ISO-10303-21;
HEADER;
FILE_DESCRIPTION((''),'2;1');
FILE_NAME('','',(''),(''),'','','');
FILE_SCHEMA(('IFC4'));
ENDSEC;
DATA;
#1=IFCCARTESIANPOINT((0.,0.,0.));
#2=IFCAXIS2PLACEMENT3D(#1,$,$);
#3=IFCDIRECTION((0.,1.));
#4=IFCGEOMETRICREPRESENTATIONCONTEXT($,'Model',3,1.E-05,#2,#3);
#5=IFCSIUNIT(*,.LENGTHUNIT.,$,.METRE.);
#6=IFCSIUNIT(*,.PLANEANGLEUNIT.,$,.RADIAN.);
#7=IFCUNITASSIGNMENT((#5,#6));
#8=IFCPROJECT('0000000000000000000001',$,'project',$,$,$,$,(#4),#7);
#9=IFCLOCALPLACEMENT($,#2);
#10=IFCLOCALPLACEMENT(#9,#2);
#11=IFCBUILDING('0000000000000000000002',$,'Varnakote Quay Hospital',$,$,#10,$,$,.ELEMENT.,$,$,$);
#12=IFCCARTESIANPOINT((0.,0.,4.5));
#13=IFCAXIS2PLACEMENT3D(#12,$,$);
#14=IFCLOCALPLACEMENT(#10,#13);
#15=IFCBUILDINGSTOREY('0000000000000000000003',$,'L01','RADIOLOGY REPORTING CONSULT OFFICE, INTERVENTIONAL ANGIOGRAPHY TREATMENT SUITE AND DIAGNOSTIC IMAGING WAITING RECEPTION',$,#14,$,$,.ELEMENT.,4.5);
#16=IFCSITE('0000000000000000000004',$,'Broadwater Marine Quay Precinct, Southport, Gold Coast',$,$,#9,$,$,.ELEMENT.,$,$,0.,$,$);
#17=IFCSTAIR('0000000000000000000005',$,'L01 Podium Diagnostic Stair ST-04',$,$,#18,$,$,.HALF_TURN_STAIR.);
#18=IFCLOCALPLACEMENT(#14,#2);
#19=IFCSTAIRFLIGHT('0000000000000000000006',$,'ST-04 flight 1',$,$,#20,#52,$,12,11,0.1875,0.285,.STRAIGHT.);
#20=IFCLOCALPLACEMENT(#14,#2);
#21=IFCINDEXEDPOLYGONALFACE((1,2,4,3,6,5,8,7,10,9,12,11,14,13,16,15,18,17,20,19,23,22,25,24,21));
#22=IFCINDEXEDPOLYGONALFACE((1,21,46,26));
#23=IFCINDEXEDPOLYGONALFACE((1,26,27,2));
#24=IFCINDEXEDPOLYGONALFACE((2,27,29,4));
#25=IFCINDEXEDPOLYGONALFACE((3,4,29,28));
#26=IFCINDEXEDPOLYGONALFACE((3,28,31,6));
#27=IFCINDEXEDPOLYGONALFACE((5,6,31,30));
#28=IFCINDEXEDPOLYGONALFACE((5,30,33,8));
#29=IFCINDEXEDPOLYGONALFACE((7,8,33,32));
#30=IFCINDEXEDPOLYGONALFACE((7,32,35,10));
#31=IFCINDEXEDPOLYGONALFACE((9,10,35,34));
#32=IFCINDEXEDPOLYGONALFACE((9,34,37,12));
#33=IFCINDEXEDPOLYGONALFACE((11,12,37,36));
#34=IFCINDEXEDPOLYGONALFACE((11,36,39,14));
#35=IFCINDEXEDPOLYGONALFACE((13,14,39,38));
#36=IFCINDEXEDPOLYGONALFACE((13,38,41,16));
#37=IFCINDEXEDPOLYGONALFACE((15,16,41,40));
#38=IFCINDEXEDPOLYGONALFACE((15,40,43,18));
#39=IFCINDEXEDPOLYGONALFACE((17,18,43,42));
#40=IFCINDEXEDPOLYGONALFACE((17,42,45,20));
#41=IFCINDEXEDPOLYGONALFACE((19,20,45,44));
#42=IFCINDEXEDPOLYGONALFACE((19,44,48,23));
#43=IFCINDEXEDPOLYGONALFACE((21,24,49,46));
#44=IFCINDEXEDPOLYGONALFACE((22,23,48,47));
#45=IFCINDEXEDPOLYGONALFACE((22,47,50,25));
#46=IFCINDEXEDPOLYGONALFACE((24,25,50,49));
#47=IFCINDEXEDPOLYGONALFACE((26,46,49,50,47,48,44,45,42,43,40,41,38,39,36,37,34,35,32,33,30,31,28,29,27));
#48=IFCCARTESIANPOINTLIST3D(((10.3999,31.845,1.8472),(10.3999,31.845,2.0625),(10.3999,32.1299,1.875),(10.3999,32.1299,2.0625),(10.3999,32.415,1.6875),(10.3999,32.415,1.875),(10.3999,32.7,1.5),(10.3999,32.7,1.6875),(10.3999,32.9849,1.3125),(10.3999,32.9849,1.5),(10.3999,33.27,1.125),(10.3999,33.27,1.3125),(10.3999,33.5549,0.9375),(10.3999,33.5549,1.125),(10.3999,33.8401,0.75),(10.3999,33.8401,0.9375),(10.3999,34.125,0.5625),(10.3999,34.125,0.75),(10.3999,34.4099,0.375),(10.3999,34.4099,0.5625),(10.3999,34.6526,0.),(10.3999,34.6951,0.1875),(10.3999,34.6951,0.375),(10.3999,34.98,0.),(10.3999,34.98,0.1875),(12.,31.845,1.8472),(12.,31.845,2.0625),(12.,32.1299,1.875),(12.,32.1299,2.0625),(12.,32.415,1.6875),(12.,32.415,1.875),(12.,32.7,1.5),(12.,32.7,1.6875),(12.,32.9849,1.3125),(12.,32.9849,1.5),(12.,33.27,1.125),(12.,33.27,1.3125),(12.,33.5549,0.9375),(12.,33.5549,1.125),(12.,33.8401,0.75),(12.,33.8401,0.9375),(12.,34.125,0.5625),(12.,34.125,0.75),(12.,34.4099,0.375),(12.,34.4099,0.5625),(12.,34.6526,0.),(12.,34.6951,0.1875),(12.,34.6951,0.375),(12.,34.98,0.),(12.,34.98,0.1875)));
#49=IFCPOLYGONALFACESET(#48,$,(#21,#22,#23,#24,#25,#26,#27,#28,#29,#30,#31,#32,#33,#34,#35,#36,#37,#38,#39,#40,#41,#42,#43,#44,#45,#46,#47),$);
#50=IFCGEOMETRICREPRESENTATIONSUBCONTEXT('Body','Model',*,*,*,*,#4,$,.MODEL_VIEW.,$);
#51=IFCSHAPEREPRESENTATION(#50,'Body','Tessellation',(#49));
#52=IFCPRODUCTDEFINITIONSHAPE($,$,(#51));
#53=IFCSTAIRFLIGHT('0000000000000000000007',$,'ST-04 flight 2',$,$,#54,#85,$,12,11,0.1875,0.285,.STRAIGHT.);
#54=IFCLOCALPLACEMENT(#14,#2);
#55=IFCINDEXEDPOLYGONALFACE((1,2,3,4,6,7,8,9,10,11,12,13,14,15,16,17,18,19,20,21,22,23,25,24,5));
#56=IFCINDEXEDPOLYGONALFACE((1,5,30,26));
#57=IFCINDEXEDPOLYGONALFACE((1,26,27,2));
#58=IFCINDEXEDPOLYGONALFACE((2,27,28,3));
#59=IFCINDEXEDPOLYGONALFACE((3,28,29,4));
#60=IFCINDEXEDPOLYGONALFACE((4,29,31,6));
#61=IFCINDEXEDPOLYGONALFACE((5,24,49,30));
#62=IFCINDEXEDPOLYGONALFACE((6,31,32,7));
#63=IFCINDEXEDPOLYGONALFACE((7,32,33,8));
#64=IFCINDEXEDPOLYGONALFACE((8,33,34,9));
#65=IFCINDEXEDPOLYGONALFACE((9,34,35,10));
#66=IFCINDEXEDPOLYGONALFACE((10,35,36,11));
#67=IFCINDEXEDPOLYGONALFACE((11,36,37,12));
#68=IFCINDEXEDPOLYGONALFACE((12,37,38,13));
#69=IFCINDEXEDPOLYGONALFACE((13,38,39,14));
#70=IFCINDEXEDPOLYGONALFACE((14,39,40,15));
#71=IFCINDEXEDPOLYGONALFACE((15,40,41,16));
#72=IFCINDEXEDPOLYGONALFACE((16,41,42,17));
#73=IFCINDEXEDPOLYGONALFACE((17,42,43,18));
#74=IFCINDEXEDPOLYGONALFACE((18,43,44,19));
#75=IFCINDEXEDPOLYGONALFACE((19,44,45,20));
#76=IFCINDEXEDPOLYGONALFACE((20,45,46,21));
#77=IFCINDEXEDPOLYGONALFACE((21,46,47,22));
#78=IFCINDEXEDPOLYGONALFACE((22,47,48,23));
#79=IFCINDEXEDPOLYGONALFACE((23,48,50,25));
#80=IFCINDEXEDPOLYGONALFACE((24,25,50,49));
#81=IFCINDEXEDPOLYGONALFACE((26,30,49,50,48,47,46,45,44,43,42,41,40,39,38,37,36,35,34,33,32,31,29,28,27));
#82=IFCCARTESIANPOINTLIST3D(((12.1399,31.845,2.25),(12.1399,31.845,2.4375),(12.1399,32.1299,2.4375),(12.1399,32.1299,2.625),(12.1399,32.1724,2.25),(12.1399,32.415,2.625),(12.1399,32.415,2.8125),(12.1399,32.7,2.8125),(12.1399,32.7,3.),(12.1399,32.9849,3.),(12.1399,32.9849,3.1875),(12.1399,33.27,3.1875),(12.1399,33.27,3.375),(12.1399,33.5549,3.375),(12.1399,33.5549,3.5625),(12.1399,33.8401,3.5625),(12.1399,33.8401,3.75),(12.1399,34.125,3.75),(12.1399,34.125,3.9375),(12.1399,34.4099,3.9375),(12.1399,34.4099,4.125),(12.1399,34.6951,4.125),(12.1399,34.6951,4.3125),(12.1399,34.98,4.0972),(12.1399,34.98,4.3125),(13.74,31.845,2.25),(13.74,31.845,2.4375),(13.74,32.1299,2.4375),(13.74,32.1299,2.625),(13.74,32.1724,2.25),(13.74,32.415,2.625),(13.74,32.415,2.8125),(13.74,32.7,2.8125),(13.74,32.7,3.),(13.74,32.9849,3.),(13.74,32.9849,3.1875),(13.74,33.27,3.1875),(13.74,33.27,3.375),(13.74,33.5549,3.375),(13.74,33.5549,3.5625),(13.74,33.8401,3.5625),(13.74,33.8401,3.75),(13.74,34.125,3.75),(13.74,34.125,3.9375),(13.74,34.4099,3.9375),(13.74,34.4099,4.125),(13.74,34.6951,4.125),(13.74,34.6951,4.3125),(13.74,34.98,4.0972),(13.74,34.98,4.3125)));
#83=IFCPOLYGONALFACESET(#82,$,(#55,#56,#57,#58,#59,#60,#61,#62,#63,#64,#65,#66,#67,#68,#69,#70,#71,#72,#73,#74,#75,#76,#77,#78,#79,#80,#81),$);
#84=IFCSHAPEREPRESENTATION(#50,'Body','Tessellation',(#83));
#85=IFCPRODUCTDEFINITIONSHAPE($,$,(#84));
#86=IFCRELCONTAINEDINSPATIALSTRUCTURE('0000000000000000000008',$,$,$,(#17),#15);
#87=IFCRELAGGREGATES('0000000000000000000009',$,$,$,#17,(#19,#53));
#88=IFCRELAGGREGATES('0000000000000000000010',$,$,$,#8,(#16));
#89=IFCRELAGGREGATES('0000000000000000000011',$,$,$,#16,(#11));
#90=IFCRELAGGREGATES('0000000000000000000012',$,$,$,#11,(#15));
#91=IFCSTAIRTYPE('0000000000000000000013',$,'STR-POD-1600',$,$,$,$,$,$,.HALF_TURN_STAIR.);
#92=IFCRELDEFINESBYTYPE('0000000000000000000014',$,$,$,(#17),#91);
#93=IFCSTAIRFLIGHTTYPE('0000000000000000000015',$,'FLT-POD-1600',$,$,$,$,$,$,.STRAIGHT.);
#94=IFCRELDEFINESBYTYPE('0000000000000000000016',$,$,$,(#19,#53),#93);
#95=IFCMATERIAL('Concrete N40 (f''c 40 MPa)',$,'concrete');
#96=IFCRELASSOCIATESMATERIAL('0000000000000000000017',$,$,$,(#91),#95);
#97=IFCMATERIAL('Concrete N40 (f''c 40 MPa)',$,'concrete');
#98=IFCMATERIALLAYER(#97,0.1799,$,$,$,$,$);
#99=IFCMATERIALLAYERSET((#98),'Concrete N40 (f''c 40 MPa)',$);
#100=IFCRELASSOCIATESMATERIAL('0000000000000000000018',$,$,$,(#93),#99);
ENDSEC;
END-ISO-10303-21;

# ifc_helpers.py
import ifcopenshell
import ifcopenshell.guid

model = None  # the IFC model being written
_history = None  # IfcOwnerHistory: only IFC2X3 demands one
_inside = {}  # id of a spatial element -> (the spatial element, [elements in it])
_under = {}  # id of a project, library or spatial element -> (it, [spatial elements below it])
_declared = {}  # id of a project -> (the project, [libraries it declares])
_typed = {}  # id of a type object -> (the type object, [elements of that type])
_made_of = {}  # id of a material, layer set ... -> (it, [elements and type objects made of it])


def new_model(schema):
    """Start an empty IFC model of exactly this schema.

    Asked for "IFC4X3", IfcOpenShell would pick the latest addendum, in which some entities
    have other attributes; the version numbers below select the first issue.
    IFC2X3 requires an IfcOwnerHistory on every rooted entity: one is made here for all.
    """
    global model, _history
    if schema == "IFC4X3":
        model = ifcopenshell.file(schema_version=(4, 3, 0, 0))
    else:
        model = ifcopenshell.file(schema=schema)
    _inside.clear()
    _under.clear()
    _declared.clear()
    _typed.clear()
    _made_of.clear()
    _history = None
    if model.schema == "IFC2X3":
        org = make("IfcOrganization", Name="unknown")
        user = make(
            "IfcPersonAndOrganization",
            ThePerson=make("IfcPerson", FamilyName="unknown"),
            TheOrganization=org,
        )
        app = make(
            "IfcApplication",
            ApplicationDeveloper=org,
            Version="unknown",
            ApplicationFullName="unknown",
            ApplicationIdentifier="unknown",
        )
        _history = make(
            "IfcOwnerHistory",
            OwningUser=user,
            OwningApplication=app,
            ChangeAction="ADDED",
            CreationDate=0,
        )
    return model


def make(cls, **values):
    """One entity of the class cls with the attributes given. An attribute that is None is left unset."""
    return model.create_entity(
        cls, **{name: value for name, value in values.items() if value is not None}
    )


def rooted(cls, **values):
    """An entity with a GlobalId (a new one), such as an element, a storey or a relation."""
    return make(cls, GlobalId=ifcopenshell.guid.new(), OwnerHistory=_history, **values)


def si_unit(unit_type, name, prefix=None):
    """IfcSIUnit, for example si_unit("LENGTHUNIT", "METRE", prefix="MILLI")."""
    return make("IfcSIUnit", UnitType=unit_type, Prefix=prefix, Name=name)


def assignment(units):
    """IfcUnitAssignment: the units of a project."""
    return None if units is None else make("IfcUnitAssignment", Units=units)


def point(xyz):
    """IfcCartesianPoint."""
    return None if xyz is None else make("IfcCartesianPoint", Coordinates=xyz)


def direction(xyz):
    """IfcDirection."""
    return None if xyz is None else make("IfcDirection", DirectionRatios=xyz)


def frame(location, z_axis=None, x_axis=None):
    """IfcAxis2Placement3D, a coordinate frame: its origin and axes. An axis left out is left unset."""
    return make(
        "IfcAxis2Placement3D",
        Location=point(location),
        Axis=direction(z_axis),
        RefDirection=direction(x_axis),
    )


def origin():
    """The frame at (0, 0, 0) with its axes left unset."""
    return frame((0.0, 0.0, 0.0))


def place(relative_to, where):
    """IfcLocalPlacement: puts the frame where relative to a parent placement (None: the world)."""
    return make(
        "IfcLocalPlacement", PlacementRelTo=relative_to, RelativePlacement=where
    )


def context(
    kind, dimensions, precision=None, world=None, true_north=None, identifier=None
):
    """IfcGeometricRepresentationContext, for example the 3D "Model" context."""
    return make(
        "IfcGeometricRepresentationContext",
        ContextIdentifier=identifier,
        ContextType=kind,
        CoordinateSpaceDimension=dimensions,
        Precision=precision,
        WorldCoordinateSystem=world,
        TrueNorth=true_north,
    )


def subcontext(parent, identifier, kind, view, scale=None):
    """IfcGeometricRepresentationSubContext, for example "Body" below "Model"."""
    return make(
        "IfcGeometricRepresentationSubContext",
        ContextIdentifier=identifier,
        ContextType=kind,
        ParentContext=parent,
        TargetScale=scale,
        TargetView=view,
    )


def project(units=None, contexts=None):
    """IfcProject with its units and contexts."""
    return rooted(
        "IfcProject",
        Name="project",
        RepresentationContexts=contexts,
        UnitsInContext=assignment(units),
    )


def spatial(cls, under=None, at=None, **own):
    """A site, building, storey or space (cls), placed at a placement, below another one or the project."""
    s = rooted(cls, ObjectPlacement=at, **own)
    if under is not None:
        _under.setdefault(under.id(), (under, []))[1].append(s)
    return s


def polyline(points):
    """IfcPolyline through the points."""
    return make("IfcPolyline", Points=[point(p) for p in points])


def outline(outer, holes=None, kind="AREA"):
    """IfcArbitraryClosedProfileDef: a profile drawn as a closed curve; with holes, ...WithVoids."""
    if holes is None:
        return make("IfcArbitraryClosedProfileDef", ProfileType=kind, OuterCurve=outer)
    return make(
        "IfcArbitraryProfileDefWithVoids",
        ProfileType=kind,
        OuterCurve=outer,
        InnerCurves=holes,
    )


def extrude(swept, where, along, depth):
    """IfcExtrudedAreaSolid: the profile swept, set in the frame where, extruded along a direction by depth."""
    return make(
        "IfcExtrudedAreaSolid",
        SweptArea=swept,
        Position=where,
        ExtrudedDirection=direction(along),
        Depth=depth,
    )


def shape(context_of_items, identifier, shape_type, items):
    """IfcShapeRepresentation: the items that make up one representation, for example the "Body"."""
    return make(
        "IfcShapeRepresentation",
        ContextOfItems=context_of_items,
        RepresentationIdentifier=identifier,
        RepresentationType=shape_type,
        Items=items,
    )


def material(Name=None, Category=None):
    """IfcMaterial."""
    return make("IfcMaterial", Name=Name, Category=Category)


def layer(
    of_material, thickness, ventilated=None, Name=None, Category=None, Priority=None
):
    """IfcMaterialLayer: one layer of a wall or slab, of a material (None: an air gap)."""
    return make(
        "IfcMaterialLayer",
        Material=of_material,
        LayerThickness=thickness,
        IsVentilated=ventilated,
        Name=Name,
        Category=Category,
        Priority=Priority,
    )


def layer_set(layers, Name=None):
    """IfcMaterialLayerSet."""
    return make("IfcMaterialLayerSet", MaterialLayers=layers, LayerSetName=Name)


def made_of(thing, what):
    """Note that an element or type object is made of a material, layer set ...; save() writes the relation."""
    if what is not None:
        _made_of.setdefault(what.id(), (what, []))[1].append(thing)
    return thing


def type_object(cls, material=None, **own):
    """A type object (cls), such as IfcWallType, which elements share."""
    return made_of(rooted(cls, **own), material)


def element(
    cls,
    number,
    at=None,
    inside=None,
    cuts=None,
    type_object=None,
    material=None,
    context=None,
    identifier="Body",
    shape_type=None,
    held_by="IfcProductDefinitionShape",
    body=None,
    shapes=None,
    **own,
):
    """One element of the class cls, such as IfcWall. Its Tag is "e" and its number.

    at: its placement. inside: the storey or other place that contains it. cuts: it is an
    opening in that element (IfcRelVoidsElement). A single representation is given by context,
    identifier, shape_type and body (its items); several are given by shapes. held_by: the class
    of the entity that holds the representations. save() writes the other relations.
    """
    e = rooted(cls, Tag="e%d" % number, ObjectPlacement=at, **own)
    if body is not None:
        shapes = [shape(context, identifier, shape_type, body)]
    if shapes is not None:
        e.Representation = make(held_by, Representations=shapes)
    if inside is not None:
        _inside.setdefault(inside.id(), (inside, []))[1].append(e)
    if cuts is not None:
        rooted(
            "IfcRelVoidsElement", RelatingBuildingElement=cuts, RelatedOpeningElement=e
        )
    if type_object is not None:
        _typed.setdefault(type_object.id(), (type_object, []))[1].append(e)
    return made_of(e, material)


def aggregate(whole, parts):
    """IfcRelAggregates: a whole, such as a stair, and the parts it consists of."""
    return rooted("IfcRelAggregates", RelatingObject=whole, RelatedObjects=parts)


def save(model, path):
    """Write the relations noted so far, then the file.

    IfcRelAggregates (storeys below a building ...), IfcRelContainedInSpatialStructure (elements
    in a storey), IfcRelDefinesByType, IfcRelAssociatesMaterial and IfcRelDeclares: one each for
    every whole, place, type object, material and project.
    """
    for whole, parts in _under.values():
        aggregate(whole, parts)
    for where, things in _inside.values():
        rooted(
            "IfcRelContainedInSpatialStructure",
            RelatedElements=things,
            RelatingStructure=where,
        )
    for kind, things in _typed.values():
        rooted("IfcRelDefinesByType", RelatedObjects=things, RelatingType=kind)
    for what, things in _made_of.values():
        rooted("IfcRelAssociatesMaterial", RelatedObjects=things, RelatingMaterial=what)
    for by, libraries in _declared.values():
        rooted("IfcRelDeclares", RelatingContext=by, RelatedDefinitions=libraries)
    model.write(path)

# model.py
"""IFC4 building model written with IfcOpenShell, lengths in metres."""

from ifc_helpers import new_model, si_unit, direction, frame, origin, place, context, subcontext, project, spatial, polyline, outline, extrude, material, layer, layer_set, type_object, element, aggregate, save


model = new_model("IFC4")

# Units and contexts
model_context = context("Model", 3, precision=1e-05, world=origin(), true_north=direction((0.0, 1.0)))
body_context = subcontext(model_context, "Body", "Model", "MODEL_VIEW")
ifc_project = project(units=[si_unit("LENGTHUNIT", "METRE"), si_unit("PLANEANGLEUNIT", "RADIAN")], contexts=[model_context])

# Site, building, storey
site_placement = place(None, origin())
site = spatial("IfcSite", under=ifc_project, at=site_placement, Name="Broadwater Marine Quay Precinct, Southport, Gold Coast", CompositionType="ELEMENT", RefElevation=0.0)
building_placement = place(site_placement, origin())
building = spatial("IfcBuilding", under=site, at=building_placement, Name="Varnakote Quay Hospital", CompositionType="ELEMENT")
storey_placement = place(building_placement, frame((0.0, 0.0, 4.5)))
storey = spatial("IfcBuildingStorey", under=building, at=storey_placement, Name="L01", Description="RADIOLOGY REPORTING CONSULT OFFICE, INTERVENTIONAL ANGIOGRAPHY TREATMENT SUITE AND DIAGNOSTIC IMAGING WAITING RECEPTION", CompositionType="ELEMENT", Elevation=4.5)

# Stair, stair flights
ifc_material_1 = material(Name="Concrete N40 (f'c 40 MPa)", Category="concrete")
stair_type = type_object("IfcStairType", Name="STR-POD-1600", PredefinedType="HALF_TURN_STAIR", material=ifc_material_1)
stair_placement = place(storey_placement, origin())
stair = element("IfcStair", 1, at=stair_placement, inside=storey, type_object=stair_type, Name="L01 Podium Diagnostic Stair ST-04", PredefinedType="HALF_TURN_STAIR")
ifc_material_2 = material(Name="Concrete N40 (f'c 40 MPa)", Category="concrete")
ifc_layer_1 = layer(ifc_material_2, 0.1799)
ifc_layer_set_1 = layer_set([ifc_layer_1], Name="Concrete N40 (f'c 40 MPa)")
stair_flight_type = type_object("IfcStairFlightType", Name="FLT-POD-1600", PredefinedType="STRAIGHT", material=ifc_layer_set_1)
stair_flight_1_placement = place(storey_placement, frame((11.2, 34.98, 0.0), z_axis=(0.0, 0.0, 1.0), x_axis=(0.0, -1.0, 0.0)))
stair_flight_1 = element("IfcStairFlight", 2, at=stair_flight_1_placement, type_object=stair_flight_type, Name="ST-04 flight 1", NumberOfRisers=12, NumberOfTreads=11, PredefinedType="STRAIGHT", RiserHeight=0.1875, TreadLength=0.285, context=body_context, shape_type="SweptSolid", body=[
    extrude(outline(polyline([(0.0, 0.0), (0.0, 0.1875), (0.2849, 0.1875), (0.2849, 0.375), (0.5701, 0.375), (0.5701, 0.5625), (0.855, 0.5625), (0.855, 0.75), (1.1399, 0.75), (1.1399, 0.9375), (1.425, 0.9375), (1.425, 1.125), (1.71, 1.125), (1.71, 1.3125), (1.9951, 1.3125), (1.9951, 1.5), (2.28, 1.5), (2.28, 1.6875), (2.5649, 1.6875), (2.5649, 1.875), (2.8501, 1.875), (2.8501, 2.0625), (3.135, 2.0625), (3.135, 2.25), (3.135, 1.8472), (0.3274, 0.0), (0.0, 0.0)])), frame((0.0, 0.8, 0.0), z_axis=(0.0, -1.0, 0.0), x_axis=(1.0, 0.0, 0.0)), (0.0, 0.0, 1.0), 1.6001),
])
stair_flight_2_placement = place(storey_placement, frame((12.9399, 31.845, 2.25), z_axis=(0.0, 0.0, 1.0), x_axis=(0.0, 1.0, 0.0)))
stair_flight_2 = element("IfcStairFlight", 3, at=stair_flight_2_placement, type_object=stair_flight_type, Name="ST-04 flight 2", NumberOfRisers=12, NumberOfTreads=11, PredefinedType="STRAIGHT", RiserHeight=0.1875, TreadLength=0.285, context=body_context, shape_type="SweptSolid", body=[
    extrude(outline(polyline([(0.0, 0.0), (0.0, 0.1875), (0.2849, 0.1875), (0.2849, 0.375), (0.5701, 0.375), (0.5701, 0.5625), (0.855, 0.5625), (0.855, 0.75), (1.1399, 0.75), (1.1399, 0.9375), (1.425, 0.9375), (1.425, 1.125), (1.71, 1.125), (1.71, 1.3125), (1.9951, 1.3125), (1.9951, 1.5), (2.28, 1.5), (2.28, 1.6875), (2.5649, 1.6875), (2.5649, 1.875), (2.8501, 1.875), (2.8501, 2.0625), (3.135, 2.0625), (3.135, 2.25), (3.135, 1.8472), (0.3274, 0.0), (0.0, 0.0)])), frame((0.0, 0.8, 0.0), z_axis=(0.0, -1.0, 0.0), x_axis=(1.0, 0.0, 0.0)), (0.0, 0.0, 1.0), 1.6001),
])
aggregate(stair, [stair_flight_1, stair_flight_2])

save(model, "model.ifc")
